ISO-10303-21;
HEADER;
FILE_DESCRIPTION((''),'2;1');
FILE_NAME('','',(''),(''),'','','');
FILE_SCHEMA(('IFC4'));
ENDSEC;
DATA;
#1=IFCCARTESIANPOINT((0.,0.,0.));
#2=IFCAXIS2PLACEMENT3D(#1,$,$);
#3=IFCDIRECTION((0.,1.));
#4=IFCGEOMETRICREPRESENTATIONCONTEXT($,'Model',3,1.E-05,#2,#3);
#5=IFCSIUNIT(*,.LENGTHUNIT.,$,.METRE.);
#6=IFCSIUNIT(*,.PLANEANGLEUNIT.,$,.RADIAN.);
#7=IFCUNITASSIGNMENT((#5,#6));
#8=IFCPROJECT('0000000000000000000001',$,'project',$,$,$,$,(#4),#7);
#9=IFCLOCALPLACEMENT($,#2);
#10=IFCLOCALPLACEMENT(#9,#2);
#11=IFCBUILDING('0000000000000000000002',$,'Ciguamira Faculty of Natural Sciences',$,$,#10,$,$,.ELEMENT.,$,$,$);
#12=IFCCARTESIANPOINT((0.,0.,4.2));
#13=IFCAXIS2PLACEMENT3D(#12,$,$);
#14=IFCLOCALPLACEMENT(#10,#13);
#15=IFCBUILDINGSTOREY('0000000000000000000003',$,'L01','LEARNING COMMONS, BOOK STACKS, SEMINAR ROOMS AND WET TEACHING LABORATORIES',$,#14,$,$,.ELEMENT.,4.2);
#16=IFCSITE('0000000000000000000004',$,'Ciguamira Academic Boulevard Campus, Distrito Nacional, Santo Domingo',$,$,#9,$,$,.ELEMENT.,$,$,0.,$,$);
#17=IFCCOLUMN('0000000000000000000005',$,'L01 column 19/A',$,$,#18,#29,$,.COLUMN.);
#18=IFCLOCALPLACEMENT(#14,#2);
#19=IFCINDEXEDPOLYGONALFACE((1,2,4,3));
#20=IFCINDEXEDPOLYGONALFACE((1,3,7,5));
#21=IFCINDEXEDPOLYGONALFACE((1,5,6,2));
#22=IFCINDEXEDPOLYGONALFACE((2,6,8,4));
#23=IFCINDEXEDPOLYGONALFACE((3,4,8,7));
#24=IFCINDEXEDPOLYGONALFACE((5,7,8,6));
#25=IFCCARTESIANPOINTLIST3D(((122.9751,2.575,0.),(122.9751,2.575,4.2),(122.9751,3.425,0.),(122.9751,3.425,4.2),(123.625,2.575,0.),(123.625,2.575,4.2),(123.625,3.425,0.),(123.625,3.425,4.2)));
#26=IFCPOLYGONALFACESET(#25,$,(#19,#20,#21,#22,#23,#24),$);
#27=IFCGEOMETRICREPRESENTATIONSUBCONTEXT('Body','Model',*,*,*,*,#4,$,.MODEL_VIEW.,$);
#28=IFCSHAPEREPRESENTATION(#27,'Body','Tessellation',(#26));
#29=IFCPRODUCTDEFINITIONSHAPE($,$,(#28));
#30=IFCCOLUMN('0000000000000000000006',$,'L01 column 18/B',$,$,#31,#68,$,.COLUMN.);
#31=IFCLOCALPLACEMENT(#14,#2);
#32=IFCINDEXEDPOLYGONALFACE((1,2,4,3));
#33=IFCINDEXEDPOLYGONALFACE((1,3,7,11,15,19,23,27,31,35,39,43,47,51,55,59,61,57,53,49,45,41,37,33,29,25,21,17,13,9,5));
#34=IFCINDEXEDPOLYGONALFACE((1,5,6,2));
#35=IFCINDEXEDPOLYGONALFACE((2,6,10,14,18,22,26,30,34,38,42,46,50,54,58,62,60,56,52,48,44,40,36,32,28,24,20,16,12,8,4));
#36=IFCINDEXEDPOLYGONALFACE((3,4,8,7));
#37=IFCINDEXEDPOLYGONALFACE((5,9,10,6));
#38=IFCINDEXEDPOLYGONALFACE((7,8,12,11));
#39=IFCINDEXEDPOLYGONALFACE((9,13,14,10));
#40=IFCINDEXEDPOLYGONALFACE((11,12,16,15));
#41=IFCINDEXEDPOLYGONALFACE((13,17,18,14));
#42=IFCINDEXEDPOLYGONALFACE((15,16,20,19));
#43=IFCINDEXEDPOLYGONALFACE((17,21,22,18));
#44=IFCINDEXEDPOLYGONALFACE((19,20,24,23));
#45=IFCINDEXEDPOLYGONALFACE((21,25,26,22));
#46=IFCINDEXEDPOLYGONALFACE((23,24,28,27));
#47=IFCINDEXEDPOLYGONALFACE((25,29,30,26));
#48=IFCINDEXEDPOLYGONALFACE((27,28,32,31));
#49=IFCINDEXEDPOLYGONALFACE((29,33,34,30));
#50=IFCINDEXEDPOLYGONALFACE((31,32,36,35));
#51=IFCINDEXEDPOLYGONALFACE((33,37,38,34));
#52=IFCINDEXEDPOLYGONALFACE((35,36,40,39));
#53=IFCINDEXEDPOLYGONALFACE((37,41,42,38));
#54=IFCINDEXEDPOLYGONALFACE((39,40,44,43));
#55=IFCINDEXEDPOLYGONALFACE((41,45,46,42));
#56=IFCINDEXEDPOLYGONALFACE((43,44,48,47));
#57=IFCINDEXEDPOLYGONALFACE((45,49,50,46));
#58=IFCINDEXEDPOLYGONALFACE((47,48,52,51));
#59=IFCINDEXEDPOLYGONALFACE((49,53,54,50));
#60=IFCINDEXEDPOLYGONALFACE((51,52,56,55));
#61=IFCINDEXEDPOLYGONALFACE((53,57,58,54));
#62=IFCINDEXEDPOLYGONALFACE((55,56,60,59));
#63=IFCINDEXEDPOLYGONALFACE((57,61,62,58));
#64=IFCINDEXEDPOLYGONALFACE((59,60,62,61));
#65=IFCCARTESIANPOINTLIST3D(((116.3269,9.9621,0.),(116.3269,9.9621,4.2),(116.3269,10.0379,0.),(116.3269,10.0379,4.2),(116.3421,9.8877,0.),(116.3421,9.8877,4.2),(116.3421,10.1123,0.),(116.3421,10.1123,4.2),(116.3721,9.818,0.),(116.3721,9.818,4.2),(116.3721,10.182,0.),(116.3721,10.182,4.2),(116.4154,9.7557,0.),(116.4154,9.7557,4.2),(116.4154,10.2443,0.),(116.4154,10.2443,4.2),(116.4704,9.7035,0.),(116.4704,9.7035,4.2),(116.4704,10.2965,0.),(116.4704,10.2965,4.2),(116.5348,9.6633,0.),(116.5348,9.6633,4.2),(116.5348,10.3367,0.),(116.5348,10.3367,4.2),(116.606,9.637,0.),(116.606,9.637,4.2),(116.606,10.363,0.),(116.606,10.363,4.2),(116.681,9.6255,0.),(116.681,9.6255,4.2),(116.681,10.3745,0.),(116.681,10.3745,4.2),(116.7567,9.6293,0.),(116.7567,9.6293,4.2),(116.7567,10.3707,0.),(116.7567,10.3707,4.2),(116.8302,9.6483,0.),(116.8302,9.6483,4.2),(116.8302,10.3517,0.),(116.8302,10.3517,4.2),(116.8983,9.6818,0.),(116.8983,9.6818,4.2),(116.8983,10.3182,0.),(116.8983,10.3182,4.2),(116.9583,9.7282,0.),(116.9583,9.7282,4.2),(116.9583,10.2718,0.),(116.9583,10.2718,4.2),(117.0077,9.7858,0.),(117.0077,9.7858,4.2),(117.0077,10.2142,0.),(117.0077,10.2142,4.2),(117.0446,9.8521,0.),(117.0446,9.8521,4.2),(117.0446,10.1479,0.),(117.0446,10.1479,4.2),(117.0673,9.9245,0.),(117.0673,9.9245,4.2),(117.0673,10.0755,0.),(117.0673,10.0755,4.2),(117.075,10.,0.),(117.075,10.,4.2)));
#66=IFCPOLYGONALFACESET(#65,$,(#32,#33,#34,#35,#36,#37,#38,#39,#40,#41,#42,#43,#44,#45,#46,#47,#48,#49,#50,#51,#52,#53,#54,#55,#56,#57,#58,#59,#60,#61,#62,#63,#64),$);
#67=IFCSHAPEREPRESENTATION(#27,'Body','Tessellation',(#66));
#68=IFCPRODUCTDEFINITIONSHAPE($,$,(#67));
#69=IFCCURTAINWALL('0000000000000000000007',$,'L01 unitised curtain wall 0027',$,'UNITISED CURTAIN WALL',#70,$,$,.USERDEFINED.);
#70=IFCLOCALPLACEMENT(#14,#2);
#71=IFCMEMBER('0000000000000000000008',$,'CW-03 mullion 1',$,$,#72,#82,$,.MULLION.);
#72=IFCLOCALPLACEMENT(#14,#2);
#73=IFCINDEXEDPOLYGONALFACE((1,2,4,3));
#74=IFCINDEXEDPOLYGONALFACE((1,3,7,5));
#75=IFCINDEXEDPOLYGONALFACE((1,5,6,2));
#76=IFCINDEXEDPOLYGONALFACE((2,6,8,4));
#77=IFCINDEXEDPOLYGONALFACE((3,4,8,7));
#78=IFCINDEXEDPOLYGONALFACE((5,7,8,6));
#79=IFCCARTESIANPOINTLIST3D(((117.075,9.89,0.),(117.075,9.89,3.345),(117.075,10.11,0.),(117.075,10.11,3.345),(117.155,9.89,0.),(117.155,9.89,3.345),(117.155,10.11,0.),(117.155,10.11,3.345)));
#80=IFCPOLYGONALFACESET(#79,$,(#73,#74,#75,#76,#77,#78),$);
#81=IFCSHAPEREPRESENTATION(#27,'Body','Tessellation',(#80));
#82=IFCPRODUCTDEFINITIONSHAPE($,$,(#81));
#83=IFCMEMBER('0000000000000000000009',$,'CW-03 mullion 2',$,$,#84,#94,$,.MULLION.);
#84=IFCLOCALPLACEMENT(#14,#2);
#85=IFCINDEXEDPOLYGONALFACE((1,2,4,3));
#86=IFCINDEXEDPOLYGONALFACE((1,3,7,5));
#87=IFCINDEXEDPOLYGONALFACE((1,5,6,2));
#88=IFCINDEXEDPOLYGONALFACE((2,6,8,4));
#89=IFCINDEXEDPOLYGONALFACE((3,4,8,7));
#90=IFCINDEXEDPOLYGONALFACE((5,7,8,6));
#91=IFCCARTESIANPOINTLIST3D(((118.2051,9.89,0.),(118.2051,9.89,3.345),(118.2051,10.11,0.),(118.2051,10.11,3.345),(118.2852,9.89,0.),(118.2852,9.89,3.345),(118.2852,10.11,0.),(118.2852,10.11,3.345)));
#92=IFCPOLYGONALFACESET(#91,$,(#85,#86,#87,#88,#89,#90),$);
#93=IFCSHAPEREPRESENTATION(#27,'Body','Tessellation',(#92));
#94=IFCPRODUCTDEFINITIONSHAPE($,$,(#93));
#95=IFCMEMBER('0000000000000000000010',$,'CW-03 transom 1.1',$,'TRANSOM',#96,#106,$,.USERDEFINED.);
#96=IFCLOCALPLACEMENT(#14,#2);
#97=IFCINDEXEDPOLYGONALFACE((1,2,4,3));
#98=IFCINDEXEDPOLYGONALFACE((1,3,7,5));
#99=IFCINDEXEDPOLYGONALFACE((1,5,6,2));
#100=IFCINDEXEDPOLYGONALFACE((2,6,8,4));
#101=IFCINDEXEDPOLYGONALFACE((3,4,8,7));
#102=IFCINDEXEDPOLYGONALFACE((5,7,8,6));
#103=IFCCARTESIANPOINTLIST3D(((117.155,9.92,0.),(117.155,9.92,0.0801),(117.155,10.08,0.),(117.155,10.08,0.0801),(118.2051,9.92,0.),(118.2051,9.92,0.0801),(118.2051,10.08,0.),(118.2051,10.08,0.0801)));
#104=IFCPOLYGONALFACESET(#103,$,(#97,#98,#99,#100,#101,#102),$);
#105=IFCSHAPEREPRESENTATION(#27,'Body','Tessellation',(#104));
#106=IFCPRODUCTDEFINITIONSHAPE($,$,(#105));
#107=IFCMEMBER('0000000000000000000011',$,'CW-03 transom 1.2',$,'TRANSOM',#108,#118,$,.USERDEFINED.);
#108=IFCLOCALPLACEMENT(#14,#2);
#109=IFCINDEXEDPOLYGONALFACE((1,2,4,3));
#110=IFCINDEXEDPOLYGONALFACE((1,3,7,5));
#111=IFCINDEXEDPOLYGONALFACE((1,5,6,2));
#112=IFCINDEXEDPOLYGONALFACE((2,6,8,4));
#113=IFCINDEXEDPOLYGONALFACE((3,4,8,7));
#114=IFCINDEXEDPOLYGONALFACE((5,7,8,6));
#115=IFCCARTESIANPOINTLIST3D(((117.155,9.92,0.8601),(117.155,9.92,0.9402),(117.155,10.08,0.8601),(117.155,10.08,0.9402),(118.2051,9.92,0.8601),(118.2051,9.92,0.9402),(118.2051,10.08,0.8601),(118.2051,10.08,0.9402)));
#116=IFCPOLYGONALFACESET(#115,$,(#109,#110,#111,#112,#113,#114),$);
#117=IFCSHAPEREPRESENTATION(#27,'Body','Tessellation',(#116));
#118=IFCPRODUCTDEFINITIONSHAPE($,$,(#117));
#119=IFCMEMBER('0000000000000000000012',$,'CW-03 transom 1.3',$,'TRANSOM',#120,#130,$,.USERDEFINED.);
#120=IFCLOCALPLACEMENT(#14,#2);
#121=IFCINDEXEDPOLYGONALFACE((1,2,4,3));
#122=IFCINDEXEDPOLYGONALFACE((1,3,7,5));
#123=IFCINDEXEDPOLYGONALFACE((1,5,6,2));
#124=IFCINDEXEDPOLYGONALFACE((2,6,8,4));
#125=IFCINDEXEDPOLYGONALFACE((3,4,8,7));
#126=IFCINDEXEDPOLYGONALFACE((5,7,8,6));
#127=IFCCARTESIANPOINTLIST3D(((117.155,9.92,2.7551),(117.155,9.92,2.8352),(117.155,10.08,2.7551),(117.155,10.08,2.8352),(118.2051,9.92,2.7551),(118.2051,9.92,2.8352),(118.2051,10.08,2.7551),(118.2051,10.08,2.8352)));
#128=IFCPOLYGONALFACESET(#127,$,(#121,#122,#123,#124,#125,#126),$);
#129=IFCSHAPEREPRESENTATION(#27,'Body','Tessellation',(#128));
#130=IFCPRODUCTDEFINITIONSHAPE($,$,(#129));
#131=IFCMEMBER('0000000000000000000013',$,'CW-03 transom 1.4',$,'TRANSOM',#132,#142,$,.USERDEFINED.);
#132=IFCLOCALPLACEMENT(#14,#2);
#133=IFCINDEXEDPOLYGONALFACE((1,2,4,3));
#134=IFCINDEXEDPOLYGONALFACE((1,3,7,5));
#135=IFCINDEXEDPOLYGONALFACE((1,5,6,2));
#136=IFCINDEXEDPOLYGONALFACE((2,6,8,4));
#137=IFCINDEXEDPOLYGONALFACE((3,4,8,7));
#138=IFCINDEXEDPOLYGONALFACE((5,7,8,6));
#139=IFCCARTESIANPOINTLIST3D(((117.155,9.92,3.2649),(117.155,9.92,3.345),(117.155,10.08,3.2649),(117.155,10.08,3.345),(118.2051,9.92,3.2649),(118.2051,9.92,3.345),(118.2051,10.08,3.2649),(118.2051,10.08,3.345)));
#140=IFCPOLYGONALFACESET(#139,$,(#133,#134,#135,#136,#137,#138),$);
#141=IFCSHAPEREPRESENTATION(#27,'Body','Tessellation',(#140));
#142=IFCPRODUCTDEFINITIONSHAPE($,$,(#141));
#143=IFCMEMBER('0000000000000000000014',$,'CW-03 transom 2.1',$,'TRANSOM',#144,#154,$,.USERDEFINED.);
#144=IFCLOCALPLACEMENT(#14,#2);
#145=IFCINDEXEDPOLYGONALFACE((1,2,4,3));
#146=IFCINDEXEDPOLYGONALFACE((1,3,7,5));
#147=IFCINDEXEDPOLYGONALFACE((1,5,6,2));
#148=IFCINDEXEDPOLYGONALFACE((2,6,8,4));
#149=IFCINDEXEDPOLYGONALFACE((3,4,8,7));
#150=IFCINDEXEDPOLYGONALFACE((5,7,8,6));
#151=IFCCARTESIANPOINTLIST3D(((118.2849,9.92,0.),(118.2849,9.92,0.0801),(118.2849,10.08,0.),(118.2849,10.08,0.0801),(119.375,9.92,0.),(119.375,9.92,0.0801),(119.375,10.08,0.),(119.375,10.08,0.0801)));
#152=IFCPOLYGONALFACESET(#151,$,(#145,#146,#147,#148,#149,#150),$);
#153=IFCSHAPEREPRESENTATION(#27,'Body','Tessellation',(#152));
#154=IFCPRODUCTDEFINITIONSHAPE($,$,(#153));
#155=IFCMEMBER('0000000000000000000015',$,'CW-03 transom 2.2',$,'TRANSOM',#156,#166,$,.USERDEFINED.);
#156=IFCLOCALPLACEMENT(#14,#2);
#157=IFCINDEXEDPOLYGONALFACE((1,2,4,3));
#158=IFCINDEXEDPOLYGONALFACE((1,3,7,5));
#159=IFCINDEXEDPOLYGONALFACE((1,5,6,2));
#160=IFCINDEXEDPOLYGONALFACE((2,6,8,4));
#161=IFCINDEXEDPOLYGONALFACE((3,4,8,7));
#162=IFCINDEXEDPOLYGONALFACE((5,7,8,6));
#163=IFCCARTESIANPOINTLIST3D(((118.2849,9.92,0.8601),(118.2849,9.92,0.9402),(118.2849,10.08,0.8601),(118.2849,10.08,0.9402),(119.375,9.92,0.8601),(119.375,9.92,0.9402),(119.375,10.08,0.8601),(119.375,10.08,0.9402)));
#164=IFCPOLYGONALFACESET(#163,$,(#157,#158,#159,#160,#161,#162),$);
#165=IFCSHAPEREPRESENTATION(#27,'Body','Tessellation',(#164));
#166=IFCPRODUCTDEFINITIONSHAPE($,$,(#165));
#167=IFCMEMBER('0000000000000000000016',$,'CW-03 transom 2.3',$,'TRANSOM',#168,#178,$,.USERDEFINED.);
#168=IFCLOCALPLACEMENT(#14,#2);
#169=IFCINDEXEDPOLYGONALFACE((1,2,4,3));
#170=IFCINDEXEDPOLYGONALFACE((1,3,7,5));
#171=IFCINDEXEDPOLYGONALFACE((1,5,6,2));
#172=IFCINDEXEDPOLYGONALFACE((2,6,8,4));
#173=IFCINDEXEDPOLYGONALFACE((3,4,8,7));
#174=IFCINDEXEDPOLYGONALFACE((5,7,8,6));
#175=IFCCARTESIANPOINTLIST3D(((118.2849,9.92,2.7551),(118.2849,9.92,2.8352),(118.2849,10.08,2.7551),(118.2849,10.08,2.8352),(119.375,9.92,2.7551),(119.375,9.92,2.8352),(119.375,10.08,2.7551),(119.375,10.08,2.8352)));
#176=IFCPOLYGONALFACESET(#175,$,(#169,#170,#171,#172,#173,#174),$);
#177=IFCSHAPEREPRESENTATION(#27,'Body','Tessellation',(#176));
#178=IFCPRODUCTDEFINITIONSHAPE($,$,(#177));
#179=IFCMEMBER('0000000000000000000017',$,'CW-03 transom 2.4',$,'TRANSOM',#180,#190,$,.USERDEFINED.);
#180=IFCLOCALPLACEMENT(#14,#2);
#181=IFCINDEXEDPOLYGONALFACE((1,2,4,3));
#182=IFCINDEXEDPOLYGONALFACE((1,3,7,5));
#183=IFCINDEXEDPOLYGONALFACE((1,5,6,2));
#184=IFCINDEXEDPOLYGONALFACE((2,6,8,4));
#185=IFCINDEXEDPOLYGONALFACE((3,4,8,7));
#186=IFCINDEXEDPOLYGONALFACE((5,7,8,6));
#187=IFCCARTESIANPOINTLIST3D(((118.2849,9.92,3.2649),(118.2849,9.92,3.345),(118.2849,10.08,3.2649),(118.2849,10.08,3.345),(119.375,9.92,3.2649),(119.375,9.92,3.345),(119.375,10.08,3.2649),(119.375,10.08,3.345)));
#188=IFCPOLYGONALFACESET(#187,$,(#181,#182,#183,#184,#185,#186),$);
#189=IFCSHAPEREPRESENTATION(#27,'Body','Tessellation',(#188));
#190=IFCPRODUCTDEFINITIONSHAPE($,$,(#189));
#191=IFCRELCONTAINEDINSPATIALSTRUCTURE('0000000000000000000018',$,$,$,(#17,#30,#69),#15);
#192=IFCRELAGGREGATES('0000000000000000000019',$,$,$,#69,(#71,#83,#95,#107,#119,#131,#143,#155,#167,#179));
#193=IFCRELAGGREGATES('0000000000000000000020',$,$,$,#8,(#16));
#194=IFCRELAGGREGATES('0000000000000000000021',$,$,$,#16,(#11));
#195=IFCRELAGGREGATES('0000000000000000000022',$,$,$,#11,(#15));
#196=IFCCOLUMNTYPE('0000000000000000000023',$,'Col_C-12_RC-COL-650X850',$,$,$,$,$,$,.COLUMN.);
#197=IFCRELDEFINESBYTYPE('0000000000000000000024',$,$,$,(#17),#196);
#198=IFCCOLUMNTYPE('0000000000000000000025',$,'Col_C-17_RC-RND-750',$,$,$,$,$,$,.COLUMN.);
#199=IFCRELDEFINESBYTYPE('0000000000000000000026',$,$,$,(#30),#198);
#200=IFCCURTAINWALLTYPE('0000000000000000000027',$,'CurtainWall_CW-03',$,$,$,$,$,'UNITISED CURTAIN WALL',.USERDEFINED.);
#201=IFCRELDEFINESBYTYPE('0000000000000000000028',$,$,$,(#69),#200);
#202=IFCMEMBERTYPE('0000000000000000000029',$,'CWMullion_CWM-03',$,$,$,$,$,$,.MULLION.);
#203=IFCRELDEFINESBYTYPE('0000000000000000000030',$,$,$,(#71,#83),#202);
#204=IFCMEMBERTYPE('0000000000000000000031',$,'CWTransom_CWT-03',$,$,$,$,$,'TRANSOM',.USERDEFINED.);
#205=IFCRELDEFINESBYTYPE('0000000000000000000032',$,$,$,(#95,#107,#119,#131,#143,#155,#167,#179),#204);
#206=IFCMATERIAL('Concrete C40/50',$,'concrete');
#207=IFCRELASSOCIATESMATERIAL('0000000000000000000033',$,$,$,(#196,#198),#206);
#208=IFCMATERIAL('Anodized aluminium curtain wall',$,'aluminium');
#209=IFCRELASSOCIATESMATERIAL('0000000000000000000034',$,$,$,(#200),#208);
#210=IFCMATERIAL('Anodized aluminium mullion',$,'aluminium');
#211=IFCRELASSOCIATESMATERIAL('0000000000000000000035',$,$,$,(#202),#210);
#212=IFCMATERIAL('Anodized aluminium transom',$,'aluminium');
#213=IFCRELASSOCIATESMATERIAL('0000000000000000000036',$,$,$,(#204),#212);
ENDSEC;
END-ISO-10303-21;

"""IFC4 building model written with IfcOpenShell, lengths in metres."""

from ifc_helpers import new_model, si_unit, direction, frame, origin, origin_2d, place, context, subcontext, project, spatial, rectangle, circle, extrude, material, material_profile, profile_set, type_object, element, aggregate, save


model = new_model("IFC4")

# Units and contexts
model_context = context("Model", 3, precision=1e-05, world=origin(), true_north=direction((0.0, 1.0)))
body_context = subcontext(model_context, "Body", "Model", "MODEL_VIEW")
ifc_project = project(units=[si_unit("LENGTHUNIT", "METRE"), si_unit("PLANEANGLEUNIT", "RADIAN")], contexts=[model_context])

# Site, building, storey
site_placement = place(None, origin())
site = spatial("IfcSite", under=ifc_project, at=site_placement, Name="Ciguamira Academic Boulevard Campus, Distrito Nacional, Santo Domingo", CompositionType="ELEMENT", RefElevation=0.0)
building_placement = place(site_placement, origin())
building = spatial("IfcBuilding", under=site, at=building_placement, Name="Ciguamira Faculty of Natural Sciences", CompositionType="ELEMENT")
storey_placement = place(building_placement, frame((0.0, 0.0, 4.2)))
storey = spatial("IfcBuildingStorey", under=building, at=storey_placement, Name="L01", Description="LEARNING COMMONS, BOOK STACKS, SEMINAR ROOMS AND WET TEACHING LABORATORIES", CompositionType="ELEMENT", Elevation=4.2)

# Columns
ifc_material_1 = material(Name="Concrete C40/50", Category="concrete")
ifc_material_profile_1 = material_profile(ifc_material_1, rectangle(XDim=0.6499, YDim=0.8501, at=origin_2d()), Name="RC-COL-650X850")
ifc_profile_set_1 = profile_set([ifc_material_profile_1], Name="Concrete C40/50")
column_type_1 = type_object("IfcColumnType", Name="Col_C-12_RC-COL-650X850", PredefinedType="COLUMN", material=ifc_profile_set_1)
column_1_placement = place(storey_placement, frame((123.3, 3.0, 0.0), z_axis=(0.0, 0.0, 1.0), x_axis=(1.0, 0.0, 0.0)))
element("IfcColumn", 1, at=column_1_placement, inside=storey, type_object=column_type_1, Name="L01 column 19/A", PredefinedType="COLUMN", context=body_context, shape_type="SweptSolid", body=[
    extrude(rectangle(XDim=0.6499, YDim=0.8501, at=origin_2d()), origin(), (0.0, 0.0, 1.0), 4.2),
])
ifc_material_profile_2 = material_profile(ifc_material_1, circle(Radius=0.375, at=origin_2d()), Name="RC-RND-750")
ifc_profile_set_2 = profile_set([ifc_material_profile_2], Name="Concrete C40/50")
column_type_2 = type_object("IfcColumnType", Name="Col_C-17_RC-RND-750", PredefinedType="COLUMN", material=ifc_profile_set_2)
column_2_placement = place(storey_placement, frame((116.7, 10.0, 0.0), z_axis=(0.0, 0.0, 1.0), x_axis=(1.0, 0.0, 0.0)))
element("IfcColumn", 2, at=column_2_placement, inside=storey, type_object=column_type_2, Name="L01 column 18/B", PredefinedType="COLUMN", context=body_context, shape_type="SweptSolid", body=[
    extrude(circle(Radius=0.375, at=origin_2d()), origin(), (0.0, 0.0, 1.0), 4.2),
])

# Curtain wall, members
ifc_material_2 = material(Name="Anodized aluminium curtain wall", Category="aluminium")
curtain_wall_type = type_object("IfcCurtainWallType", Name="CurtainWall_CW-03", ElementType="UNITISED CURTAIN WALL", PredefinedType="USERDEFINED", material=ifc_material_2)
curtain_wall_placement = place(storey_placement, origin())
curtain_wall = element("IfcCurtainWall", 3, at=curtain_wall_placement, inside=storey, type_object=curtain_wall_type, Name="L01 unitised curtain wall 0027", ObjectType="UNITISED CURTAIN WALL", PredefinedType="USERDEFINED")
ifc_material_3 = material(Name="Anodized aluminium mullion", Category="aluminium")
ifc_material_profile_3 = material_profile(ifc_material_3, rectangle(XDim=0.0801, YDim=0.22, at=origin_2d()), Name="ALU-MUL-80X220")
ifc_profile_set_3 = profile_set([ifc_material_profile_3], Name="Anodized aluminium mullion")
member_type_1 = type_object("IfcMemberType", Name="CWMullion_CWM-03", PredefinedType="MULLION", material=ifc_profile_set_3)
member_1_placement = place(storey_placement, frame((117.115, 10.0, 0.0), z_axis=(0.0, 0.0, 1.0), x_axis=(1.0, 0.0, 0.0)))
member_1 = element("IfcMember", 4, at=member_1_placement, type_object=member_type_1, Name="CW-03 mullion 1", PredefinedType="MULLION", context=body_context, shape_type="SweptSolid", body=[
    extrude(rectangle(XDim=0.0801, YDim=0.22, at=origin_2d()), origin(), (0.0, 0.0, 1.0), 3.345),
])
member_2_placement = place(storey_placement, frame((118.2451, 10.0, 0.0), z_axis=(0.0, 0.0, 1.0), x_axis=(1.0, 0.0, 0.0)))
member_2 = element("IfcMember", 5, at=member_2_placement, type_object=member_type_1, Name="CW-03 mullion 2", PredefinedType="MULLION", context=body_context, shape_type="SweptSolid", body=[
    extrude(rectangle(XDim=0.0801, YDim=0.22, at=origin_2d()), origin(), (0.0, 0.0, 1.0), 3.345),
])
ifc_material_4 = material(Name="Anodized aluminium transom", Category="aluminium")
ifc_material_profile_4 = material_profile(ifc_material_4, rectangle(XDim=0.0801, YDim=0.1599, at=origin_2d()), Name="ALU-TRN-80X160")
ifc_profile_set_4 = profile_set([ifc_material_profile_4], Name="Anodized aluminium transom")
member_type_2 = type_object("IfcMemberType", Name="CWTransom_CWT-03", ElementType="TRANSOM", PredefinedType="USERDEFINED", material=ifc_profile_set_4)
member_3_placement = place(storey_placement, frame((117.155, 10.0, 0.04), z_axis=(1.0, 0.0, 0.0), x_axis=(0.0, 0.0, 1.0)))
member_3 = element("IfcMember", 6, at=member_3_placement, type_object=member_type_2, Name="CW-03 transom 1.1", ObjectType="TRANSOM", PredefinedType="USERDEFINED", context=body_context, shape_type="SweptSolid", body=[
    extrude(rectangle(XDim=0.0801, YDim=0.1599, at=origin_2d()), origin(), (0.0, 0.0, 1.0), 1.05),
])
member_4_placement = place(storey_placement, frame((117.155, 10.0, 0.9001), z_axis=(1.0, 0.0, 0.0), x_axis=(0.0, 0.0, 1.0)))
member_4 = element("IfcMember", 7, at=member_4_placement, type_object=member_type_2, Name="CW-03 transom 1.2", ObjectType="TRANSOM", PredefinedType="USERDEFINED", context=body_context, shape_type="SweptSolid", body=[
    extrude(rectangle(XDim=0.0801, YDim=0.1599, at=origin_2d()), origin(), (0.0, 0.0, 1.0), 1.05),
])
member_5_placement = place(storey_placement, frame((117.155, 10.0, 2.7952), z_axis=(1.0, 0.0, 0.0), x_axis=(0.0, 0.0, 1.0)))
member_5 = element("IfcMember", 8, at=member_5_placement, type_object=member_type_2, Name="CW-03 transom 1.3", ObjectType="TRANSOM", PredefinedType="USERDEFINED", context=body_context, shape_type="SweptSolid", body=[
    extrude(rectangle(XDim=0.0801, YDim=0.1599, at=origin_2d()), origin(), (0.0, 0.0, 1.0), 1.05),
])
member_6_placement = place(storey_placement, frame((117.155, 10.0, 3.3049), z_axis=(1.0, 0.0, 0.0), x_axis=(0.0, 0.0, 1.0)))
member_6 = element("IfcMember", 9, at=member_6_placement, type_object=member_type_2, Name="CW-03 transom 1.4", ObjectType="TRANSOM", PredefinedType="USERDEFINED", context=body_context, shape_type="SweptSolid", body=[
    extrude(rectangle(XDim=0.0801, YDim=0.1599, at=origin_2d()), origin(), (0.0, 0.0, 1.0), 1.05),
])
member_7_placement = place(storey_placement, frame((118.2849, 10.0, 0.04), z_axis=(1.0, 0.0, 0.0), x_axis=(0.0, 0.0, 1.0)))
member_7 = element("IfcMember", 10, at=member_7_placement, type_object=member_type_2, Name="CW-03 transom 2.1", ObjectType="TRANSOM", PredefinedType="USERDEFINED", context=body_context, shape_type="SweptSolid", body=[
    extrude(rectangle(XDim=0.0801, YDim=0.1599, at=origin_2d()), origin(), (0.0, 0.0, 1.0), 1.0901),
])
member_8_placement = place(storey_placement, frame((118.2849, 10.0, 0.9001), z_axis=(1.0, 0.0, 0.0), x_axis=(0.0, 0.0, 1.0)))
member_8 = element("IfcMember", 11, at=member_8_placement, type_object=member_type_2, Name="CW-03 transom 2.2", ObjectType="TRANSOM", PredefinedType="USERDEFINED", context=body_context, shape_type="SweptSolid", body=[
    extrude(rectangle(XDim=0.0801, YDim=0.1599, at=origin_2d()), origin(), (0.0, 0.0, 1.0), 1.0901),
])
member_9_placement = place(storey_placement, frame((118.2849, 10.0, 2.7952), z_axis=(1.0, 0.0, 0.0), x_axis=(0.0, 0.0, 1.0)))
member_9 = element("IfcMember", 12, at=member_9_placement, type_object=member_type_2, Name="CW-03 transom 2.3", ObjectType="TRANSOM", PredefinedType="USERDEFINED", context=body_context, shape_type="SweptSolid", body=[
    extrude(rectangle(XDim=0.0801, YDim=0.1599, at=origin_2d()), origin(), (0.0, 0.0, 1.0), 1.0901),
])
member_10_placement = place(storey_placement, frame((118.2849, 10.0, 3.3049), z_axis=(1.0, 0.0, 0.0), x_axis=(0.0, 0.0, 1.0)))
member_10 = element("IfcMember", 13, at=member_10_placement, type_object=member_type_2, Name="CW-03 transom 2.4", ObjectType="TRANSOM", PredefinedType="USERDEFINED", context=body_context, shape_type="SweptSolid", body=[
    extrude(rectangle(XDim=0.0801, YDim=0.1599, at=origin_2d()), origin(), (0.0, 0.0, 1.0), 1.0901),
])

aggregate(curtain_wall, [member_1, member_2, member_3, member_4, member_5, member_6, member_7, member_8, member_9, member_10])

save(model, "model.ifc")
